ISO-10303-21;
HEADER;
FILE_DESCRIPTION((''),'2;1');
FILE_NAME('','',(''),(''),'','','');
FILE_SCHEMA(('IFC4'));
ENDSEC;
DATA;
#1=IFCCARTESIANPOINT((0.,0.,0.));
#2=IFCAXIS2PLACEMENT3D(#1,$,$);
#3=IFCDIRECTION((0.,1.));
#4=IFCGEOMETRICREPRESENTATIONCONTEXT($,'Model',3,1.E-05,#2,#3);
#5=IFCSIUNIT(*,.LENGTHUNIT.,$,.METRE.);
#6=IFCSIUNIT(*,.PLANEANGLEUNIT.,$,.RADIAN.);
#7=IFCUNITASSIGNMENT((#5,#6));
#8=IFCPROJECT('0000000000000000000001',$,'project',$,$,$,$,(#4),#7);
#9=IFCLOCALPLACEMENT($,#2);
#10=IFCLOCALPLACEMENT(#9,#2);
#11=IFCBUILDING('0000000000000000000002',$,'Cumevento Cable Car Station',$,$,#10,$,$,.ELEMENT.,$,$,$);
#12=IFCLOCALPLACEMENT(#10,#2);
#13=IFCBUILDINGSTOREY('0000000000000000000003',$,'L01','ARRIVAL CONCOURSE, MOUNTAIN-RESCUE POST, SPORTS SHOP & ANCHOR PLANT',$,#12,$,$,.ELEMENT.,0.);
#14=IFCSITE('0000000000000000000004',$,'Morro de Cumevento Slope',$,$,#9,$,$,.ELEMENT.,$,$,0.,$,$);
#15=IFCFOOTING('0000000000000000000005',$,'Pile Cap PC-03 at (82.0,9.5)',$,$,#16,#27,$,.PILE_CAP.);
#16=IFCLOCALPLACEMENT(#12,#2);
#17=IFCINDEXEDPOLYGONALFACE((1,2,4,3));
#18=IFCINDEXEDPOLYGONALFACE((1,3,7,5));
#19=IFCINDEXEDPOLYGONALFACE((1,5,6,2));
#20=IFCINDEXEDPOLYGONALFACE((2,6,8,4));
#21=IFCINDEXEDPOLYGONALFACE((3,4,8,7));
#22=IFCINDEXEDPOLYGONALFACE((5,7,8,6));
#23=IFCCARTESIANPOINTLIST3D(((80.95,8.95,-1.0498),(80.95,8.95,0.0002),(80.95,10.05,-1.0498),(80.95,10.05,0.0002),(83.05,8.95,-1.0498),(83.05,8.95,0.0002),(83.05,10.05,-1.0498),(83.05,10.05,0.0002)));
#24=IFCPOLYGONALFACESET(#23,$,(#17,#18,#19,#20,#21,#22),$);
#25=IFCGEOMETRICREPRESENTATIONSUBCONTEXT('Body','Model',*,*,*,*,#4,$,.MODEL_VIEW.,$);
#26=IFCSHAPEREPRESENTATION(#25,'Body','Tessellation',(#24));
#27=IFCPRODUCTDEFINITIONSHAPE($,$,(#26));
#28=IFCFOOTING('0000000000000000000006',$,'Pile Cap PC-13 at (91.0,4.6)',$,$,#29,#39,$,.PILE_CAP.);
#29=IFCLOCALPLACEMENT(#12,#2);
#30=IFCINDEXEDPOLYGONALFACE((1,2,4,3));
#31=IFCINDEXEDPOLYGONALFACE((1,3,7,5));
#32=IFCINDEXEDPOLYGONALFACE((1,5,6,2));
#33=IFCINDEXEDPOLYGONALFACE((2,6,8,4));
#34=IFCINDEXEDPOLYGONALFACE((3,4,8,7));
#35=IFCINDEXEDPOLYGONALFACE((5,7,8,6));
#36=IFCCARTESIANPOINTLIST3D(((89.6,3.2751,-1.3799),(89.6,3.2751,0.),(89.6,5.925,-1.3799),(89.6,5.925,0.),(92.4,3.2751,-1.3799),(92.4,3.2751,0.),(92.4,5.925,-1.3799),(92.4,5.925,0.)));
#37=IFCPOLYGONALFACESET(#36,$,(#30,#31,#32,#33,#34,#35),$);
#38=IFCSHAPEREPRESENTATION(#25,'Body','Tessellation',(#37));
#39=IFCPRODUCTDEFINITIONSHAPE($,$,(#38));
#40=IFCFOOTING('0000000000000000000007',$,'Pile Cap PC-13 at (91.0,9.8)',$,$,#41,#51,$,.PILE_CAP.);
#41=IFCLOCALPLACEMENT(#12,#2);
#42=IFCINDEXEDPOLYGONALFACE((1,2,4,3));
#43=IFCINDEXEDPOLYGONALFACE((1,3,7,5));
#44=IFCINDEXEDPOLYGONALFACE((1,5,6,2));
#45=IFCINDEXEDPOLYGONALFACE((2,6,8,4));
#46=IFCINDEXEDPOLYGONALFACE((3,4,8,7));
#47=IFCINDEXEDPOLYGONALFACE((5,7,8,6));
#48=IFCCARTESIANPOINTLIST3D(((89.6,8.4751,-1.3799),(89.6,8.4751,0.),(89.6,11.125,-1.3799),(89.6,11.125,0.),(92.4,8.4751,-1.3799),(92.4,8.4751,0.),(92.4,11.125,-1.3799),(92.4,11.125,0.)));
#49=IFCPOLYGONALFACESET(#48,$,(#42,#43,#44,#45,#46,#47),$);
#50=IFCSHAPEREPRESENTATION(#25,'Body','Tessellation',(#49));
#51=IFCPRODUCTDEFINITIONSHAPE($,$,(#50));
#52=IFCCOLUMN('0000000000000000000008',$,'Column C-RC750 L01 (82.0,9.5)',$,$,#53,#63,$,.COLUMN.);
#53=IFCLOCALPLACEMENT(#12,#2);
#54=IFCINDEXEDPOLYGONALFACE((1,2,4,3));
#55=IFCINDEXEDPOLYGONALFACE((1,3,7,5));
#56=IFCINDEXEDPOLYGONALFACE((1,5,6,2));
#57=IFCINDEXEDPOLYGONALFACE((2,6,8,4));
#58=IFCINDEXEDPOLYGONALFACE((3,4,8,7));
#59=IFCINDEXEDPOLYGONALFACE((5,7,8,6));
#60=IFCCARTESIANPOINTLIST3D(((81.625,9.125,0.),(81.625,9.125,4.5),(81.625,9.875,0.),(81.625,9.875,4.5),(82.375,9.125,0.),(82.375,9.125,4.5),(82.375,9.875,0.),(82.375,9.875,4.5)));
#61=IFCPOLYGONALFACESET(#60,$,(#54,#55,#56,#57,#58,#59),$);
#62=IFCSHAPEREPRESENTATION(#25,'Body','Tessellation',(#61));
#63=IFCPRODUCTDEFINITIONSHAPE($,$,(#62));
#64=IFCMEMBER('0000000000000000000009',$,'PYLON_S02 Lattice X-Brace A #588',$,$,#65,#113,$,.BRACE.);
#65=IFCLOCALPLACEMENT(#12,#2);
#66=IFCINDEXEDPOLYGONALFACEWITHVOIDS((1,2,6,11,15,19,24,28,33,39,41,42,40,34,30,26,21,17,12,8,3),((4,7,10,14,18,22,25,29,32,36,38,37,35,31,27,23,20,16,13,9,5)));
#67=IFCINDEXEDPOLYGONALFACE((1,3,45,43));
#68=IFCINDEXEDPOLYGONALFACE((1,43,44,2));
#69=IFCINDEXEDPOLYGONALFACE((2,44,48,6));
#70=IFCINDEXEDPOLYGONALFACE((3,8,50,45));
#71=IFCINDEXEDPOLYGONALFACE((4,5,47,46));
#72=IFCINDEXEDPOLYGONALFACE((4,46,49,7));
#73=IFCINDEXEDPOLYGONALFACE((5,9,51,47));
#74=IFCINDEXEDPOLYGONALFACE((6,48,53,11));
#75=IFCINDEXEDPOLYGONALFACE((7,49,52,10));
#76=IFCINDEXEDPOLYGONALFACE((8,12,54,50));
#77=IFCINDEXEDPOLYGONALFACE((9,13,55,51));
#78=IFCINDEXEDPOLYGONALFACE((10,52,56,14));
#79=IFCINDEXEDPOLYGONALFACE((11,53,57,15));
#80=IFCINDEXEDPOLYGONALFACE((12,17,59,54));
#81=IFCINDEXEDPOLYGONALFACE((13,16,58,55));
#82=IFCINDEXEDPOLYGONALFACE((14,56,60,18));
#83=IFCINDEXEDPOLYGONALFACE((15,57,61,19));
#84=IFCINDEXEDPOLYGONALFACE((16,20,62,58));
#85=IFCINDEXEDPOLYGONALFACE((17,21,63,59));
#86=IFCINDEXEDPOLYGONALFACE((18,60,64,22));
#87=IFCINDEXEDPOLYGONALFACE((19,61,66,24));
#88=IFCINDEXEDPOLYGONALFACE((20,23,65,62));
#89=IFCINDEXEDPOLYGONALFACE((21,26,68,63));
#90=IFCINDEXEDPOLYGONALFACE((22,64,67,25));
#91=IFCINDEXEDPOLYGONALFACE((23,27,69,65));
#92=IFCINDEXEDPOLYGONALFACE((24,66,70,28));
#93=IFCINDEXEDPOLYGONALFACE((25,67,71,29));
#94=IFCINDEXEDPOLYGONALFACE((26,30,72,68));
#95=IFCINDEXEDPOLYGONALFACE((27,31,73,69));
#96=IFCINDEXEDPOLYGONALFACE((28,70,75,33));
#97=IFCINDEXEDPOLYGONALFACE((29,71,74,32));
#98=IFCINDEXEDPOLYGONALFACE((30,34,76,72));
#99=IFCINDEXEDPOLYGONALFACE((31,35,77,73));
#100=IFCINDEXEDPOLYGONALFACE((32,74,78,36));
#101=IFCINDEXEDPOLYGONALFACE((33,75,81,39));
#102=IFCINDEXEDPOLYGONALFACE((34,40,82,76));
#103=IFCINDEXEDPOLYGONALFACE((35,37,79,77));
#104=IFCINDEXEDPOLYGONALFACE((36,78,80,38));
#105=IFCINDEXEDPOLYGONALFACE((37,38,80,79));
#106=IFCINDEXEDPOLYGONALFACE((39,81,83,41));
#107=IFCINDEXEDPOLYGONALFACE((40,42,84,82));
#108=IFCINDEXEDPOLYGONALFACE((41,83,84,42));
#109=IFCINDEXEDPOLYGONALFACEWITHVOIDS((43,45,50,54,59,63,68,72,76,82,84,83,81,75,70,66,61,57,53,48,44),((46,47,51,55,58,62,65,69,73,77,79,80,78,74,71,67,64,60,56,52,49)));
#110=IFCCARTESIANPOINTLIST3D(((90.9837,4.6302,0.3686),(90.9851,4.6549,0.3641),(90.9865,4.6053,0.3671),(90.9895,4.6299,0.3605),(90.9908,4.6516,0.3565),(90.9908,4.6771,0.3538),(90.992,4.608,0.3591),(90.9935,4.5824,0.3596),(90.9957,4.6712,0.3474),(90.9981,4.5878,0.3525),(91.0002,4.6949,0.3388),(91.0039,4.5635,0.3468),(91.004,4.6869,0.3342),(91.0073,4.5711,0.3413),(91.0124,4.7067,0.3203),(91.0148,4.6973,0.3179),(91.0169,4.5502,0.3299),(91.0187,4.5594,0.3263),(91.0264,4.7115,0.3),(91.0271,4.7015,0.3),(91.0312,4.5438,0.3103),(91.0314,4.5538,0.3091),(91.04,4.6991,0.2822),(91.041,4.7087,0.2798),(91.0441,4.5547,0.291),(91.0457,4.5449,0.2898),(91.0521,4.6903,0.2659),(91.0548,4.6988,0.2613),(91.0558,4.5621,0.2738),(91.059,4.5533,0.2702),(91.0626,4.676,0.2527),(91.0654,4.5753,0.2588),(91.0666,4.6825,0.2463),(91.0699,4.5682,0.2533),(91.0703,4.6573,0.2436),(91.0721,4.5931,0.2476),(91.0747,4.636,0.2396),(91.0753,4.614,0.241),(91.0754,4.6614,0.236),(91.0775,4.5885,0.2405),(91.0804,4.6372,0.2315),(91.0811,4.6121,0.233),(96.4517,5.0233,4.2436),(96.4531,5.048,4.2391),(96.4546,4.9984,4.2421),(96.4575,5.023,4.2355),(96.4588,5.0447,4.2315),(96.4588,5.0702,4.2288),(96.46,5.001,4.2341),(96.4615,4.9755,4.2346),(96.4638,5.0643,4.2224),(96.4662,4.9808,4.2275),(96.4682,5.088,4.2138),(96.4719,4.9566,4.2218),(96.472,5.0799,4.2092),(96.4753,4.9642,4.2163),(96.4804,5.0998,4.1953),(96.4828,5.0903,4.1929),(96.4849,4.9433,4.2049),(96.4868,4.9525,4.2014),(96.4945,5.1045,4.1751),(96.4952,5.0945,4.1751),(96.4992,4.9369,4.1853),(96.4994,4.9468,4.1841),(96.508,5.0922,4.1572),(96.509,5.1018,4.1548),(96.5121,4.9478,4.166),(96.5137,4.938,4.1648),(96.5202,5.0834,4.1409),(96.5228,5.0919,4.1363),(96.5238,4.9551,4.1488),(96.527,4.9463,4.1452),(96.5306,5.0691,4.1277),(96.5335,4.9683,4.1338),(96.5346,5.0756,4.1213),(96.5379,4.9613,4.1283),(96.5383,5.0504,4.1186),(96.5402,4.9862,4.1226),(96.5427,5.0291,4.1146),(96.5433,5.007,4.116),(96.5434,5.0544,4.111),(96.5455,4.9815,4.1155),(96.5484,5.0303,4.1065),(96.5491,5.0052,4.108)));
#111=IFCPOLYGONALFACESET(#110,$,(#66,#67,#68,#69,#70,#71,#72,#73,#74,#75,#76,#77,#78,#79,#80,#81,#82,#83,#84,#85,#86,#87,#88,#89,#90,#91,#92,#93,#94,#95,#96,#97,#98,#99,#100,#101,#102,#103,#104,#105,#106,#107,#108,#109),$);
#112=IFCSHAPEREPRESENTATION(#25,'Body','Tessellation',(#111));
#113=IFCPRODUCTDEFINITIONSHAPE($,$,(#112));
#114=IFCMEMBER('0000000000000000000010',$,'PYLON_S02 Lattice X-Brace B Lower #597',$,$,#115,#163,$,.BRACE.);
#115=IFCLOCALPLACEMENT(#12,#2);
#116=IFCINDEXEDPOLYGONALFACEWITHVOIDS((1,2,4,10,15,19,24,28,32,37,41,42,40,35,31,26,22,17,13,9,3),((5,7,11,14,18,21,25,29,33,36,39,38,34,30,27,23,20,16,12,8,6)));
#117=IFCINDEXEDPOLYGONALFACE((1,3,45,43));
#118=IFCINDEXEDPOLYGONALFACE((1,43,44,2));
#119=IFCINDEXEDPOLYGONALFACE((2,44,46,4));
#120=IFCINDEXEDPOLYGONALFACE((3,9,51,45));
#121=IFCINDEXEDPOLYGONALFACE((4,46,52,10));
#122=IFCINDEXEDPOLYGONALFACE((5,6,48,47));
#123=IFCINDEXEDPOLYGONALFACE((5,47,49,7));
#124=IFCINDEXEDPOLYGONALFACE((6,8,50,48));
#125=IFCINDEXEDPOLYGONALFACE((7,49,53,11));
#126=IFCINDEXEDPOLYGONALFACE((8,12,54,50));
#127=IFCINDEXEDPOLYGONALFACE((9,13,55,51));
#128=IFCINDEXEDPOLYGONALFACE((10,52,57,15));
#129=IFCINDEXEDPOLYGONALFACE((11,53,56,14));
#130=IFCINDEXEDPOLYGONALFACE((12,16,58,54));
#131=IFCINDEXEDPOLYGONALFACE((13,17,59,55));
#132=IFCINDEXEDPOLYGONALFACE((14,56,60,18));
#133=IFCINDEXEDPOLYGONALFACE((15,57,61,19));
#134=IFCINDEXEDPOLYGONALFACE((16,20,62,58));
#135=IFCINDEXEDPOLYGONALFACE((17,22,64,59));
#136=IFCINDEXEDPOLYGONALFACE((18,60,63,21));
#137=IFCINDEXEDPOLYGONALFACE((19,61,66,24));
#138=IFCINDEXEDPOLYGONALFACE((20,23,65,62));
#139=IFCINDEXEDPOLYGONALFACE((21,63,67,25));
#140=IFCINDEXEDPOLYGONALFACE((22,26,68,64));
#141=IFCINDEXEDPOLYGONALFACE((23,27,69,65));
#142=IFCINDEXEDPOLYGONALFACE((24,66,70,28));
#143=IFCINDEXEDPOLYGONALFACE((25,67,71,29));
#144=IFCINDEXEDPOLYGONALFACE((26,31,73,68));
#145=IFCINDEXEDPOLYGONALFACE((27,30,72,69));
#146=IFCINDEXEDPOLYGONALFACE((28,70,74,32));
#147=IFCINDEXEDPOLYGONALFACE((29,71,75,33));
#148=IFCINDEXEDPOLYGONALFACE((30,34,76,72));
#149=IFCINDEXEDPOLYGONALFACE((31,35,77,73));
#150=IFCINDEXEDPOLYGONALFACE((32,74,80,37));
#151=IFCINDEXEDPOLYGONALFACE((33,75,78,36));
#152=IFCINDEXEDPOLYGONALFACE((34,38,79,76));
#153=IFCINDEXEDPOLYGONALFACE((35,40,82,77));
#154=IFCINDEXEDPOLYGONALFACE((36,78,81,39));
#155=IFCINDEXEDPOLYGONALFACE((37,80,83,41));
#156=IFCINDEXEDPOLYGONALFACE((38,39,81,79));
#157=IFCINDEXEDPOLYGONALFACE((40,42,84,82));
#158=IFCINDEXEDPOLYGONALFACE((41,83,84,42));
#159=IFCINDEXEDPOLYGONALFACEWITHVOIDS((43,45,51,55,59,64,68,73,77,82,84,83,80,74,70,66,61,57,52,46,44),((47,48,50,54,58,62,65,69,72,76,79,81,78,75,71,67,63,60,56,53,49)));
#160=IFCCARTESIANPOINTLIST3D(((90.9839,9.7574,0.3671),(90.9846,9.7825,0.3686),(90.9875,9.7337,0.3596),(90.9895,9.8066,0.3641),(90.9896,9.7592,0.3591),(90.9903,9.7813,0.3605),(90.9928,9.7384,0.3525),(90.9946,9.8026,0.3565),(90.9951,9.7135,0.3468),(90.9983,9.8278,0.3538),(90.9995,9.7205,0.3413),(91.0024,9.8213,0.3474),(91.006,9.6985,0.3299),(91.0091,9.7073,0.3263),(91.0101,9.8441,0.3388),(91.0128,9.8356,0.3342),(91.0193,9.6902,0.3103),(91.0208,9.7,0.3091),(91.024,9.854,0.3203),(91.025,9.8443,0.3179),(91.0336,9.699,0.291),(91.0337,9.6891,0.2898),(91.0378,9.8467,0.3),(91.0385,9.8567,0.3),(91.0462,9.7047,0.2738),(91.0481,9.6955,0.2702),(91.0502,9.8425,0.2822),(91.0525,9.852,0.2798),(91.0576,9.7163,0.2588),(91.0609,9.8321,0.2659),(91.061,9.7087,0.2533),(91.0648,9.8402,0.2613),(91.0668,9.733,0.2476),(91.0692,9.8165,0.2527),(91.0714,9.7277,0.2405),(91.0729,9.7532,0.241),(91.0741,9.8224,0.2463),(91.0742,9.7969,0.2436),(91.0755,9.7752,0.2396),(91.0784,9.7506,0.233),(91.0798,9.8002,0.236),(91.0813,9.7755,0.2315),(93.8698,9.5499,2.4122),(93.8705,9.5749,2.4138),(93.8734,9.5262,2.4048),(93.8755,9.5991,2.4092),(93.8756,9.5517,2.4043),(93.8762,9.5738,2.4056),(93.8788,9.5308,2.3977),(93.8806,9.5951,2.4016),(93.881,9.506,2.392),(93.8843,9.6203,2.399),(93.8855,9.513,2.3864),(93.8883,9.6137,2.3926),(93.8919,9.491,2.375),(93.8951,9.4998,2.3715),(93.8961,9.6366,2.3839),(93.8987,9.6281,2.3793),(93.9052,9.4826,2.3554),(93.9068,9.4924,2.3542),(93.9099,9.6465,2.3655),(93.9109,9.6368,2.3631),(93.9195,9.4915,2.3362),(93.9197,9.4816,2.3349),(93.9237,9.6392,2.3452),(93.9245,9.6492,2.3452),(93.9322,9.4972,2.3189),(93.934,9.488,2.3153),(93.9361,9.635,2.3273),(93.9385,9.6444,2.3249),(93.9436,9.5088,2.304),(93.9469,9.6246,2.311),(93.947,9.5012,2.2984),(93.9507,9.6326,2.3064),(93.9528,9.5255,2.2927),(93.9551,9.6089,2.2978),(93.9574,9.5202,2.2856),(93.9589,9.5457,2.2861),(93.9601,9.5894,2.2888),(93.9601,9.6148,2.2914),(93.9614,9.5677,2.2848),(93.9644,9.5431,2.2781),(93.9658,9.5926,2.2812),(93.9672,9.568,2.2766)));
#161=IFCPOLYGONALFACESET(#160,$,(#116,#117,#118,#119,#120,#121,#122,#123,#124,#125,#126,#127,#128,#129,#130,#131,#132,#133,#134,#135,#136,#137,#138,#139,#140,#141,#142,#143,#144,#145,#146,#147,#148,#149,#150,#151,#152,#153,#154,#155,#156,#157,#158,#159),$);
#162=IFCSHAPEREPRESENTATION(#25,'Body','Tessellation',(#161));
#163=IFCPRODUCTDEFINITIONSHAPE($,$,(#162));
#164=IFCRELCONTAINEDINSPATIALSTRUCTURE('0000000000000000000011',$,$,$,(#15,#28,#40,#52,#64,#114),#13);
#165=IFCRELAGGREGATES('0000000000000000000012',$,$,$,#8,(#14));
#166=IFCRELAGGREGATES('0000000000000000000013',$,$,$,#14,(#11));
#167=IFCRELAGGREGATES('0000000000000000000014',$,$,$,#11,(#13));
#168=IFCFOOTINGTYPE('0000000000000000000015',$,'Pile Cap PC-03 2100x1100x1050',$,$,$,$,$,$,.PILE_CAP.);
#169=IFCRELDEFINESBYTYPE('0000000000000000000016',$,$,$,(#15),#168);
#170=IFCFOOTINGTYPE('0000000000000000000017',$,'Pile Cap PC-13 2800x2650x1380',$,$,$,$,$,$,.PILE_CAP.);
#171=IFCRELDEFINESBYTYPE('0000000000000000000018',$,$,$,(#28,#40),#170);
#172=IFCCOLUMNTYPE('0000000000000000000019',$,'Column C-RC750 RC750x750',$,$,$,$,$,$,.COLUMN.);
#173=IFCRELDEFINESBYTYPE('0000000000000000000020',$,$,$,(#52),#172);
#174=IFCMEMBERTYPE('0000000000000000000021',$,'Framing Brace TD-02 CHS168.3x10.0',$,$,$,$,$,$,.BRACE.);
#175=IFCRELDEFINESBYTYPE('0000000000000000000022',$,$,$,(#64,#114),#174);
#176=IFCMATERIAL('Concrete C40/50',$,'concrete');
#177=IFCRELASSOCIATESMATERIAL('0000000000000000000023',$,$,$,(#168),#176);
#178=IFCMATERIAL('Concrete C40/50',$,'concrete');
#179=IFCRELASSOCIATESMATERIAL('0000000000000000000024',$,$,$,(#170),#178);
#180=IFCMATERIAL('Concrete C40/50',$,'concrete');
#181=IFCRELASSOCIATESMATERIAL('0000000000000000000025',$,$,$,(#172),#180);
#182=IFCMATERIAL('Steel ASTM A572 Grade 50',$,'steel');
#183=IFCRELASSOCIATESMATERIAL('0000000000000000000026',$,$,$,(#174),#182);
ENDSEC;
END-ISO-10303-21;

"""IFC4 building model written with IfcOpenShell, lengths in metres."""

from ifc_helpers import new_model, si_unit, direction, frame, origin, origin_2d, place, context, subcontext, project, spatial, rectangle, hollow_circle, extrude, material, material_profile, profile_set, type_object, element, save


model = new_model("IFC4")

# Units and contexts
model_context = context("Model", 3, precision=1e-05, world=origin(), true_north=direction((0.0, 1.0)))
body_context = subcontext(model_context, "Body", "Model", "MODEL_VIEW")
ifc_project = project(units=[si_unit("LENGTHUNIT", "METRE"), si_unit("PLANEANGLEUNIT", "RADIAN")], contexts=[model_context])

# Site, building, storey
site_placement = place(None, origin())
site = spatial("IfcSite", under=ifc_project, at=site_placement, Name="Morro de Cumevento Slope", CompositionType="ELEMENT", RefElevation=0.0)
building_placement = place(site_placement, origin())
building = spatial("IfcBuilding", under=site, at=building_placement, Name="Cumevento Cable Car Station", CompositionType="ELEMENT")
storey_placement = place(building_placement, origin())
storey = spatial("IfcBuildingStorey", under=building, at=storey_placement, Name="L01", Description="ARRIVAL CONCOURSE, MOUNTAIN-RESCUE POST, SPORTS SHOP & ANCHOR PLANT", CompositionType="ELEMENT", Elevation=0.0)

# Footings
ifc_material_1 = material(Name="Concrete C40/50", Category="concrete")
footing_type_1 = type_object("IfcFootingType", Name="Pile Cap PC-03 2100x1100x1050", PredefinedType="PILE_CAP", material=ifc_material_1)
footing_placement = place(storey_placement, frame((82.0, 9.5, -1.0498), z_axis=(0.0, 0.0, 1.0), x_axis=(1.0, 0.0, 0.0)))
element("IfcFooting", 1, at=footing_placement, inside=storey, type_object=footing_type_1, Name="Pile Cap PC-03 at (82.0,9.5)", PredefinedType="PILE_CAP", context=body_context, shape_type="SweptSolid", body=[
    extrude(rectangle(XDim=2.1001, YDim=1.1001, at=origin_2d()), origin(), (0.0, 0.0, 1.0), 1.05),
])
ifc_material_2 = material(Name="Concrete C40/50", Category="concrete")
footing_type_2 = type_object("IfcFootingType", Name="Pile Cap PC-13 2800x2650x1380", PredefinedType="PILE_CAP", material=ifc_material_2)
for number, where, z_axis, x_axis, name in (
    (2, (91.0, 4.6001, -1.3799), (0.0, 0.0, 1.0), (1.0, 0.0, 0.0), "Pile Cap PC-13 at (91.0,4.6)"),
    (3, (91.0, 9.8, -1.3799), (0.0, 0.0, 1.0), (1.0, 0.0, 0.0), "Pile Cap PC-13 at (91.0,9.8)"),
):
    element("IfcFooting", number, at=place(storey_placement, frame(where, z_axis=z_axis, x_axis=x_axis)), inside=storey, type_object=footing_type_2, Name=name, PredefinedType="PILE_CAP", context=body_context, shape_type="SweptSolid", body=[
        extrude(rectangle(XDim=2.8, YDim=2.6499, at=origin_2d()), origin(), (0.0, 0.0, 1.0), 1.3799),
    ])

# Column
ifc_material_3 = material(Name="Concrete C40/50", Category="concrete")
ifc_material_profile_1 = material_profile(ifc_material_3, rectangle(XDim=0.75, YDim=0.75, at=origin_2d()), Name="RC750x750")
ifc_profile_set_1 = profile_set([ifc_material_profile_1], Name="Concrete C40/50")
column_type = type_object("IfcColumnType", Name="Column C-RC750 RC750x750", PredefinedType="COLUMN", material=ifc_profile_set_1)
column_placement = place(storey_placement, frame((82.0, 9.5, 0.0), z_axis=(0.0, 0.0, 1.0), x_axis=(1.0, 0.0, 0.0)))
element("IfcColumn", 4, at=column_placement, inside=storey, type_object=column_type, Name="Column C-RC750 L01 (82.0,9.5)", PredefinedType="COLUMN", context=body_context, shape_type="SweptSolid", body=[
    extrude(rectangle(XDim=0.75, YDim=0.75, at=origin_2d()), origin(), (0.0, 0.0, 1.0), 4.5),
])

# Members
ifc_material_4 = material(Name="Steel ASTM A572 Grade 50", Category="steel")
ifc_material_profile_2 = material_profile(ifc_material_4, hollow_circle(Radius=0.0842, WallThickness=0.01, at=origin_2d()), Name="CHS168.3x10.0")
ifc_profile_set_2 = profile_set([ifc_material_profile_2], Name="Steel ASTM A572 Grade 50")
member_type_1 = type_object("IfcMemberType", Name="Framing Brace TD-02 CHS168.3x10.0", PredefinedType="BRACE", material=ifc_profile_set_2)
member_1_placement = place(storey_placement, frame((91.0325, 4.6274, 0.3), z_axis=(0.814497, 0.05855, 0.577206), x_axis=(-0.0717, 0.997426, 0.0)))
element("IfcMember", 5, at=member_1_placement, inside=storey, type_object=member_type_1, Name="PYLON_S02 Lattice X-Brace A #588", PredefinedType="BRACE", context=body_context, shape_type="SweptSolid", body=[
    extrude(hollow_circle(Radius=0.0842, WallThickness=0.01, at=origin_2d()), origin(), (0.0, 0.0, 1.0), 6.7134),
])
member_2_placement = place(storey_placement, frame((91.0325, 9.7727, 0.3), z_axis=(0.8145, -0.058567, 0.577199), x_axis=(0.071721, 0.997425, 0.0)))
element("IfcMember", 6, at=member_2_placement, inside=storey, type_object=member_type_1, Name="PYLON_S02 Lattice X-Brace B Lower #597", PredefinedType="BRACE", context=body_context, shape_type="SweptSolid", body=[
    extrude(hollow_circle(Radius=0.0842, WallThickness=0.01, at=origin_2d()), origin(), (0.0, 0.0, 1.0), 3.5432),
])

save(model, "model.ifc")
